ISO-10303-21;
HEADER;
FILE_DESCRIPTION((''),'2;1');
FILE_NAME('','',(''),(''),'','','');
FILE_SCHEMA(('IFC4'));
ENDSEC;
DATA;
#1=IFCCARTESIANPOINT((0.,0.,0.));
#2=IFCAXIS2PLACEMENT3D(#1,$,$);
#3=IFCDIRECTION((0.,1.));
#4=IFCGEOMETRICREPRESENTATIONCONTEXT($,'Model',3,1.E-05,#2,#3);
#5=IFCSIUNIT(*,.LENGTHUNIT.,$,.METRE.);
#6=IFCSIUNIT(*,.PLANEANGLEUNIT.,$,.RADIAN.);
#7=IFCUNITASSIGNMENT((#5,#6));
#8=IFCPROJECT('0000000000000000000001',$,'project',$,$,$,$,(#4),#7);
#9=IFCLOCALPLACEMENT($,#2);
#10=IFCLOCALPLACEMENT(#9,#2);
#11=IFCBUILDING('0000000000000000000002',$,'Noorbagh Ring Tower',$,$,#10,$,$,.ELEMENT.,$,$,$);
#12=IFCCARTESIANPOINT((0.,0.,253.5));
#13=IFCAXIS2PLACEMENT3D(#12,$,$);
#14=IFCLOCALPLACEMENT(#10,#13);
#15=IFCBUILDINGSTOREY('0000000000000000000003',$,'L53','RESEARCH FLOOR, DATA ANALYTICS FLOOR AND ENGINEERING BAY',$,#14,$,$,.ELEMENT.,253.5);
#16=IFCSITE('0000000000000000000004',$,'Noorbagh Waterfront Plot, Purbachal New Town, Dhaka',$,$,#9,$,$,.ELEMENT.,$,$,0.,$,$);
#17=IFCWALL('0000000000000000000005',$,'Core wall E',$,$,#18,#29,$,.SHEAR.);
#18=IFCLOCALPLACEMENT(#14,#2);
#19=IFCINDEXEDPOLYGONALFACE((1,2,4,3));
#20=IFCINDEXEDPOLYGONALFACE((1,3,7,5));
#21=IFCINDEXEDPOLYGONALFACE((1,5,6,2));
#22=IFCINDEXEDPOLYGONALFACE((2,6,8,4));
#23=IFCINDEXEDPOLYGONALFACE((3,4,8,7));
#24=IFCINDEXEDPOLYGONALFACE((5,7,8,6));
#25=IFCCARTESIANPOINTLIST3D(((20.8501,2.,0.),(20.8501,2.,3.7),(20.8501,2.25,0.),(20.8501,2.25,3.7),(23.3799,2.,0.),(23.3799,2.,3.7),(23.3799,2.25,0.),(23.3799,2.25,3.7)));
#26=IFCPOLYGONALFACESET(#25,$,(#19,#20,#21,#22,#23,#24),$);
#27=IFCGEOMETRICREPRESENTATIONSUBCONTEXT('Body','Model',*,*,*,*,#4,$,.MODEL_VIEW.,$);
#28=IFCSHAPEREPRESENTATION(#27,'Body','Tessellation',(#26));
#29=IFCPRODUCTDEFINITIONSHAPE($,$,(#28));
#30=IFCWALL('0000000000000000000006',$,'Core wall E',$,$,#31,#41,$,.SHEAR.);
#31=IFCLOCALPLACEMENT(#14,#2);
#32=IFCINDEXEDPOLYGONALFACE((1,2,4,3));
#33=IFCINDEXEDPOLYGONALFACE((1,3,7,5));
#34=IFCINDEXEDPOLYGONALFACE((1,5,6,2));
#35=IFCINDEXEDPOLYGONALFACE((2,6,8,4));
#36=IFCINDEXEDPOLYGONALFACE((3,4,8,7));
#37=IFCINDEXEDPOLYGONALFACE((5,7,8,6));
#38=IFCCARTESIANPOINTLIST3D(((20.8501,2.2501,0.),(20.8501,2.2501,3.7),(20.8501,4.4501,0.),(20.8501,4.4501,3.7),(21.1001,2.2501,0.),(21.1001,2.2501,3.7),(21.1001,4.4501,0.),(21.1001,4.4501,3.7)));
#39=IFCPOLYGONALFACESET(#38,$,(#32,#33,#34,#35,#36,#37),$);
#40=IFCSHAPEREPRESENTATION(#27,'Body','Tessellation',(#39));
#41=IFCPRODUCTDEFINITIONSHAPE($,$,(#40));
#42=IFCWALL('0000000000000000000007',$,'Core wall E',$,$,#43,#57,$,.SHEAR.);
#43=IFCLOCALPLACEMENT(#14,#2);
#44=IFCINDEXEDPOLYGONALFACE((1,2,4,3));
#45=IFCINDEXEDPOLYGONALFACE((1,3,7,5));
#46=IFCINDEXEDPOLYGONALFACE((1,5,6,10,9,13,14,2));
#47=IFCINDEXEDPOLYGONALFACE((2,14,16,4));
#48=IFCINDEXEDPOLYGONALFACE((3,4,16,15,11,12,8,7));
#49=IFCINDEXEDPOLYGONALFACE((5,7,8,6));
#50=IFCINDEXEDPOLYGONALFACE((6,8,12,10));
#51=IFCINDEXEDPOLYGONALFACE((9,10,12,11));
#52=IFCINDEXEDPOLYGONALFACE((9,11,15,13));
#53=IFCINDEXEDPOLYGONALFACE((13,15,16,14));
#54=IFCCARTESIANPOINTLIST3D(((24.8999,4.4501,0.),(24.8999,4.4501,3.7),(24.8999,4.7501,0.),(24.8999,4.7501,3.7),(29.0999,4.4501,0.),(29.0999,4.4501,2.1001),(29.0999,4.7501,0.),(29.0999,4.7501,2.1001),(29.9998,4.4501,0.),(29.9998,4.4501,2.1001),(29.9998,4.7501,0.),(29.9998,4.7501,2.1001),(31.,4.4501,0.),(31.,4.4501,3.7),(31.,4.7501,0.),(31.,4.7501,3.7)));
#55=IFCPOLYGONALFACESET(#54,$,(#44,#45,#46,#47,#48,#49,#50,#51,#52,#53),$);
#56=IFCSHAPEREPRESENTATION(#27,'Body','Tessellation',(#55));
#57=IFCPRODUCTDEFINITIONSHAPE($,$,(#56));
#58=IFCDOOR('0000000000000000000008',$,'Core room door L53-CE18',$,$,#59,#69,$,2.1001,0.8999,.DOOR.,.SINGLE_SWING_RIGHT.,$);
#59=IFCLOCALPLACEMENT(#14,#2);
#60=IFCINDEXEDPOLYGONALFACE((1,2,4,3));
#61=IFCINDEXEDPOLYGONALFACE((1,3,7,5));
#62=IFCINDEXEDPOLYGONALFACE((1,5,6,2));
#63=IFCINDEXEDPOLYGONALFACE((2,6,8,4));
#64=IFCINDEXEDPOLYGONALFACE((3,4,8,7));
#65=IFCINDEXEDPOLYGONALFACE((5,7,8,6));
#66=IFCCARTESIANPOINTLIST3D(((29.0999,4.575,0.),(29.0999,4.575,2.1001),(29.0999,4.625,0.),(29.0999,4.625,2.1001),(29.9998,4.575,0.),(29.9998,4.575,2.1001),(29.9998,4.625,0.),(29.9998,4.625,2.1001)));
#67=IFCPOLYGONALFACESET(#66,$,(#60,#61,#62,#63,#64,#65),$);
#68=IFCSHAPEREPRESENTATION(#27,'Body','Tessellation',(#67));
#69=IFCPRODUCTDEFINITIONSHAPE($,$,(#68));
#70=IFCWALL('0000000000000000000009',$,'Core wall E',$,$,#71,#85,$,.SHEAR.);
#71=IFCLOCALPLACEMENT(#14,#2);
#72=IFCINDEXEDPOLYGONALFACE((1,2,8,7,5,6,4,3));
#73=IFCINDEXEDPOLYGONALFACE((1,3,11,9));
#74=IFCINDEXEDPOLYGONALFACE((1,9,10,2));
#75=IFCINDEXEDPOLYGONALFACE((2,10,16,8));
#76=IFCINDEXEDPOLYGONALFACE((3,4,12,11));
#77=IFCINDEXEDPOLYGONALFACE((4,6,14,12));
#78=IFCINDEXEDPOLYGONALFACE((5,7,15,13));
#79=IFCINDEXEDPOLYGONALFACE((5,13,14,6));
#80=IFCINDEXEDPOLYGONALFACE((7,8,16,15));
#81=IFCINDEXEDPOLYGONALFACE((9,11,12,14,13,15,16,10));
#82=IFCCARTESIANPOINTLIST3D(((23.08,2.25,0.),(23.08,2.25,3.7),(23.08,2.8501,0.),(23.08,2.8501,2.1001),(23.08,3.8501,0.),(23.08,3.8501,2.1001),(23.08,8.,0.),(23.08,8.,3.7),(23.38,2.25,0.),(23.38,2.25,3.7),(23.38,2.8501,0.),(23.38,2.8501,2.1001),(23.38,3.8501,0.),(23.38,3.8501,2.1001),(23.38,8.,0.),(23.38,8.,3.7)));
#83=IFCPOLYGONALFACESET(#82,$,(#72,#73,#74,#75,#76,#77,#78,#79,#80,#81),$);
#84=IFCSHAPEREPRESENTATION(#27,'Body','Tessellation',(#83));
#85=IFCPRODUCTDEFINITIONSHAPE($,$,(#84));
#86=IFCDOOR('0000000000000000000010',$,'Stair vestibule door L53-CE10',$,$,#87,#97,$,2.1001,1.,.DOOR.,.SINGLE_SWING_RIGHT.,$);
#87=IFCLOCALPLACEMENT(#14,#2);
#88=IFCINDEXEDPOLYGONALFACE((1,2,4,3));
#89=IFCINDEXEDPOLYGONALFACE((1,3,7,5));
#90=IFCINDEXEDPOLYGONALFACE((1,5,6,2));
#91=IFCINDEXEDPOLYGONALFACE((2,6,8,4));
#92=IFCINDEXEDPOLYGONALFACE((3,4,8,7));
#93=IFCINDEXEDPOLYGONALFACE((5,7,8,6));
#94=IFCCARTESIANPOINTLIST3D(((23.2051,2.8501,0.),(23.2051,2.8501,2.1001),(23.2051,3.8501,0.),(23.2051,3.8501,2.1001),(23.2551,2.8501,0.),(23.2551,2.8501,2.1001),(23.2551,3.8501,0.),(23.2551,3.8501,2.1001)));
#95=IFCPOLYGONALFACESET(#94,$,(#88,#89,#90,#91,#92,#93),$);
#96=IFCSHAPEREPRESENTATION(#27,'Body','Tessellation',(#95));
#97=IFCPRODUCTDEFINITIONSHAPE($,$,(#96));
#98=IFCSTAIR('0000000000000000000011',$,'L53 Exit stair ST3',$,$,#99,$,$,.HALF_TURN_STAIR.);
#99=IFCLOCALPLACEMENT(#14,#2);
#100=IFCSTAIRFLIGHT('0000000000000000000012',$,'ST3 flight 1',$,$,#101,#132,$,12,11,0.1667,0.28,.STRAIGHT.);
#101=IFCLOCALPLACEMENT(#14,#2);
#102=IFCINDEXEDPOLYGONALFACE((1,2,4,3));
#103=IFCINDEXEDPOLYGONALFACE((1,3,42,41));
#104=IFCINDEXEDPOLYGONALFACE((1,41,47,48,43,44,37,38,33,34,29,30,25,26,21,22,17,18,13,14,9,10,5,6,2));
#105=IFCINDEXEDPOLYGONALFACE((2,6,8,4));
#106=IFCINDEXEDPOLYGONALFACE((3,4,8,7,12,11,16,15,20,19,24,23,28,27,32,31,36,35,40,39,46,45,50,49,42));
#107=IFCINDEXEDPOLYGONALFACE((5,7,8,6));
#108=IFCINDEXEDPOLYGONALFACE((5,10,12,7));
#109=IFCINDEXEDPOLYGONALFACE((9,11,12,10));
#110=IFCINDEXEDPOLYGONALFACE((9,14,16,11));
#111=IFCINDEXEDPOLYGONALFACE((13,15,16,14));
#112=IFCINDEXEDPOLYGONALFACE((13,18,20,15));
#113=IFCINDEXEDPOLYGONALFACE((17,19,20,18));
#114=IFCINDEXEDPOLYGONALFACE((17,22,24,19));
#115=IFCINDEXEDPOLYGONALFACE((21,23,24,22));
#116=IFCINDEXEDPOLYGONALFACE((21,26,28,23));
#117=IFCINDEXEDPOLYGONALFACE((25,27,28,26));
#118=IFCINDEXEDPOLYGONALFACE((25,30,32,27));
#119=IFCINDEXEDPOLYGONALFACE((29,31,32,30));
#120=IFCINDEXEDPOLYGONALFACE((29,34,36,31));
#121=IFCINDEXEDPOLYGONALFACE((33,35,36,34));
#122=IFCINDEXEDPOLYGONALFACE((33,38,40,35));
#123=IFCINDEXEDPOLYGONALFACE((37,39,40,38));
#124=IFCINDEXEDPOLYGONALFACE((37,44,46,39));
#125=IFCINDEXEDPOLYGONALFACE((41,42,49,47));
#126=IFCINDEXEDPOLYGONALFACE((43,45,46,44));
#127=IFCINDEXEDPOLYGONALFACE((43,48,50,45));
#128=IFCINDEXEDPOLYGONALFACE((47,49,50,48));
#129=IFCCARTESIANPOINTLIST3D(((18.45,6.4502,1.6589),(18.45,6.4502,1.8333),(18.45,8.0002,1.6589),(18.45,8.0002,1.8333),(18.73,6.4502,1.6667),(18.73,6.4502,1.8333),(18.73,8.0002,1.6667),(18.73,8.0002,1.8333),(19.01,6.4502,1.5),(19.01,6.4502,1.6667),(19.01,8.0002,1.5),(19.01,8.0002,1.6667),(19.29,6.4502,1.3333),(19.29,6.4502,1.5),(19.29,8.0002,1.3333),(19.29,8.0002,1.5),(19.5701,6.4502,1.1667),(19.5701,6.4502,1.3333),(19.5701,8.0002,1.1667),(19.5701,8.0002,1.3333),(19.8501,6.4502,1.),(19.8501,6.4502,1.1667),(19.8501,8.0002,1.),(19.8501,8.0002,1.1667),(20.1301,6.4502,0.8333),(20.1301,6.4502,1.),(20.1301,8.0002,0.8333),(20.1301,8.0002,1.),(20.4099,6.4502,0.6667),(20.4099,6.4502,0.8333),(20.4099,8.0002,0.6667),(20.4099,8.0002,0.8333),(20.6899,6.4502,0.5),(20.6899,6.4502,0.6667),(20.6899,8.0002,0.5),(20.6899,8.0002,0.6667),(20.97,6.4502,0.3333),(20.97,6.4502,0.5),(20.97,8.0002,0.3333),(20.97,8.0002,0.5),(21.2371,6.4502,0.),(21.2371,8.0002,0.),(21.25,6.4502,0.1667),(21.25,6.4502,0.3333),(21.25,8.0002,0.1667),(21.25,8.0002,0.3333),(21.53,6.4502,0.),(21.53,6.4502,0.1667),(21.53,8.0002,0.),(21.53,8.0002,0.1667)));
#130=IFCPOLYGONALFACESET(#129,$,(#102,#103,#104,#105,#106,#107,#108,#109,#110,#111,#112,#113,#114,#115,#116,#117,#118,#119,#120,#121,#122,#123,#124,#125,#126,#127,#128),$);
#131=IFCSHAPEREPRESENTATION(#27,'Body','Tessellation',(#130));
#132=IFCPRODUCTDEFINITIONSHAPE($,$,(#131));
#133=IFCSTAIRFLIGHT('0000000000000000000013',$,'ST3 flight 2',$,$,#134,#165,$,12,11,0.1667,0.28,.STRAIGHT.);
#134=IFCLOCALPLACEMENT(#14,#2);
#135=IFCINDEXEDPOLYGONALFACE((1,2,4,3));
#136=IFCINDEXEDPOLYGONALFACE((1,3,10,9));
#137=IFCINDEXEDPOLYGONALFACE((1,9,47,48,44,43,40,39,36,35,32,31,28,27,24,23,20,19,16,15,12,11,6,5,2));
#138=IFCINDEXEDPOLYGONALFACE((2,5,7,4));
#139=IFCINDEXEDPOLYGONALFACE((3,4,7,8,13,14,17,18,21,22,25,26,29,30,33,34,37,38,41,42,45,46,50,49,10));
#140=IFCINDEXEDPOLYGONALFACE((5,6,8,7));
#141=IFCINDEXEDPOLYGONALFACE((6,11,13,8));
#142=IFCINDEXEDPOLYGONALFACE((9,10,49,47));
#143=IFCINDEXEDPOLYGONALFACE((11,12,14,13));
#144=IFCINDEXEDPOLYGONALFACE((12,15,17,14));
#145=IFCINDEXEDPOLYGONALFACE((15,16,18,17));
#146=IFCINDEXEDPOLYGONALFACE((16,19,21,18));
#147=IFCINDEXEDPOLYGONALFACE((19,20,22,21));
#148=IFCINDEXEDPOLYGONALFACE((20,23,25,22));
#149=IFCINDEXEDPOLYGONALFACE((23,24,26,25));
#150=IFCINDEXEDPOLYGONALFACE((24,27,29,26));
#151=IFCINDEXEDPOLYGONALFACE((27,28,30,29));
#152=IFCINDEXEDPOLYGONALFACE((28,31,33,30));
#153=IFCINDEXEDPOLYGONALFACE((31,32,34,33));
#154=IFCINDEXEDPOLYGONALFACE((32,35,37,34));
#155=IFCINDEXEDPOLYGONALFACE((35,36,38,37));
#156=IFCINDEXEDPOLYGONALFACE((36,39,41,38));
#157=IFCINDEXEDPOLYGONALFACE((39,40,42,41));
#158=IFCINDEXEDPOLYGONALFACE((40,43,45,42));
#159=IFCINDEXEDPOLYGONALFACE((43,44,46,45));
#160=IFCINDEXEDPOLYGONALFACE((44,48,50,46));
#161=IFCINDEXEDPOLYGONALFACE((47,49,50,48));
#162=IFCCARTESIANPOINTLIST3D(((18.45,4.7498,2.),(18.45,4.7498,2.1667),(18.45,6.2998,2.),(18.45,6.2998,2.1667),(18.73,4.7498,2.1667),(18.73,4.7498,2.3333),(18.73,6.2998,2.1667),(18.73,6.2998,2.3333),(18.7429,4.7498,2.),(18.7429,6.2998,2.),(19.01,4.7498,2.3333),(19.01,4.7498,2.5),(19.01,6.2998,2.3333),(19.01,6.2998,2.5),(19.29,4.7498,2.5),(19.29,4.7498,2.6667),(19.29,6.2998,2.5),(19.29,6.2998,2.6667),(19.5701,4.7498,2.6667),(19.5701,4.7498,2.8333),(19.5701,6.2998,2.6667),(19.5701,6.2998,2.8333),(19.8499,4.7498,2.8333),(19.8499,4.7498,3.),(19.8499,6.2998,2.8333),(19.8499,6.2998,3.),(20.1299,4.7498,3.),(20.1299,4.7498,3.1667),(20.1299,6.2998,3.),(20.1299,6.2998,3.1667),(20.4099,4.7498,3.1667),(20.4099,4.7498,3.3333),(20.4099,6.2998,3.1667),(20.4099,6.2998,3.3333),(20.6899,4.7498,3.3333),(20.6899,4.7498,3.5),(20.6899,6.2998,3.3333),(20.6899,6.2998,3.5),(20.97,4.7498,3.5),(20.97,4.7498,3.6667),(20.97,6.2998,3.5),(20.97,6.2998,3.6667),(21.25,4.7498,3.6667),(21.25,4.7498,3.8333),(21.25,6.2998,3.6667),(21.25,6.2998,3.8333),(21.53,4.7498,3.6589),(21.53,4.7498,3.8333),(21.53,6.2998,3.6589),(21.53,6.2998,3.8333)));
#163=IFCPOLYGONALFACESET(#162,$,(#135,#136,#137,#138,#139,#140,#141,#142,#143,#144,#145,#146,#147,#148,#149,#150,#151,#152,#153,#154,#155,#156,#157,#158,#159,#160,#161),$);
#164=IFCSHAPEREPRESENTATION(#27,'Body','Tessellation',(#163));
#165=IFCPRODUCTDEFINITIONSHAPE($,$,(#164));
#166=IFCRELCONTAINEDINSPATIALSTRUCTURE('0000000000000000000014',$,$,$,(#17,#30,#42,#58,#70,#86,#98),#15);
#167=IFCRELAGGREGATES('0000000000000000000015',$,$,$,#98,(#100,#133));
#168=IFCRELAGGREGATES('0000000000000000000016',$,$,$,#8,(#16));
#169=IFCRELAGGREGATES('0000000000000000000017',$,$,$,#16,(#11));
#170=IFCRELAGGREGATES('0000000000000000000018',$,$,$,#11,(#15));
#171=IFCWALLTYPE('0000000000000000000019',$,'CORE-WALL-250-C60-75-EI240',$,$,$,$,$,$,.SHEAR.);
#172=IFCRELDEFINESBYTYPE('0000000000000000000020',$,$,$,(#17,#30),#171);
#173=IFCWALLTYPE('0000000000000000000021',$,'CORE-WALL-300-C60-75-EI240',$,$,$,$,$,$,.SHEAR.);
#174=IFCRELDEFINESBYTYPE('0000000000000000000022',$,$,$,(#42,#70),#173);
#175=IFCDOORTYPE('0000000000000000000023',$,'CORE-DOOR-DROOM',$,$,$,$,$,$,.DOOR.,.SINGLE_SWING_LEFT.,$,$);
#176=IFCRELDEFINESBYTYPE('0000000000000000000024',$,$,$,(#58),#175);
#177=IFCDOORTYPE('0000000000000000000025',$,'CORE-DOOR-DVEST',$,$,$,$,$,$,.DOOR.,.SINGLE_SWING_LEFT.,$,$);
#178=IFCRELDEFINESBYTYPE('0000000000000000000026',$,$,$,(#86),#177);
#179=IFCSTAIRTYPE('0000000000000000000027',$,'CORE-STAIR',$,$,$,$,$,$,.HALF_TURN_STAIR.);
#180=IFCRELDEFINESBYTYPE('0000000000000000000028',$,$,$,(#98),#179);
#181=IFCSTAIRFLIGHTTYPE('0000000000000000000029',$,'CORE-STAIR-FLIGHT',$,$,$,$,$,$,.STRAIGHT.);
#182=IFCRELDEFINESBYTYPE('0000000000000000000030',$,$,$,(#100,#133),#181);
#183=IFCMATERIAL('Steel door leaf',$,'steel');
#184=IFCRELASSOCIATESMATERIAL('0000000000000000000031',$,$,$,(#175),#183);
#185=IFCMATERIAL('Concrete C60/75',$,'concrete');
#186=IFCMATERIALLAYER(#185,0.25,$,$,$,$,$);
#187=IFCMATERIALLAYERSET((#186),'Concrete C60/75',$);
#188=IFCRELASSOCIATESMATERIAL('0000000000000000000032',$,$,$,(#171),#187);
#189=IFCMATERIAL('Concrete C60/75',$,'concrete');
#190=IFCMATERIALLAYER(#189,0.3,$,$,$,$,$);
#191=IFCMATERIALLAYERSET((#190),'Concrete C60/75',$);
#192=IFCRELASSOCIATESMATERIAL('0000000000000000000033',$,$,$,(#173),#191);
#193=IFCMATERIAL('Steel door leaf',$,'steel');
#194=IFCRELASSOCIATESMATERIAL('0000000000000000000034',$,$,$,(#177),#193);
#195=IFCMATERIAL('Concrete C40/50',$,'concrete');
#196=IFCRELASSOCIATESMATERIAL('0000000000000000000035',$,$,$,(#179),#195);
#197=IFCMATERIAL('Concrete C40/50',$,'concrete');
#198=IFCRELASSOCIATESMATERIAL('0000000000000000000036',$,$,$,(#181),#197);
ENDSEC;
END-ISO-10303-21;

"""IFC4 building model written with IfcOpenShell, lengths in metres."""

from ifc_helpers import new_model, si_unit, direction, frame, frame_2d, origin, place, context, subcontext, project, spatial, polyline, rectangle, outline, extrude, material, layer, layer_set, type_object, element, fill, aggregate, save


model = new_model("IFC4")

# Units and contexts
model_context = context("Model", 3, precision=1e-05, world=origin(), true_north=direction((0.0, 1.0)))
body_context = subcontext(model_context, "Body", "Model", "MODEL_VIEW")
ifc_project = project(units=[si_unit("LENGTHUNIT", "METRE"), si_unit("PLANEANGLEUNIT", "RADIAN")], contexts=[model_context])

# Site, building, storey
site_placement = place(None, origin())
site = spatial("IfcSite", under=ifc_project, at=site_placement, Name="Noorbagh Waterfront Plot, Purbachal New Town, Dhaka", CompositionType="ELEMENT", RefElevation=0.0)
building_placement = place(site_placement, origin())
building = spatial("IfcBuilding", under=site, at=building_placement, Name="Noorbagh Ring Tower", CompositionType="ELEMENT")
storey_placement = place(building_placement, frame((0.0, 0.0, 253.5)))
storey = spatial("IfcBuildingStorey", under=building, at=storey_placement, Name="L53", Description="RESEARCH FLOOR, DATA ANALYTICS FLOOR AND ENGINEERING BAY", CompositionType="ELEMENT", Elevation=253.5)

# Shared definitions
ifc_material_1 = material(Name="Steel door leaf", Category="steel")
door_type_1 = type_object("IfcDoorType", Name="CORE-DOOR-DROOM", OperationType="SINGLE_SWING_LEFT", PredefinedType="DOOR", material=ifc_material_1)

# Walls
ifc_material_2 = material(Name="Concrete C60/75", Category="concrete")
ifc_layer_1 = layer(ifc_material_2, 0.25)
ifc_layer_set_1 = layer_set([ifc_layer_1], Name="Concrete C60/75")
wall_type_1 = type_object("IfcWallType", Name="CORE-WALL-250-C60-75-EI240", PredefinedType="SHEAR", material=ifc_layer_set_1)
wall_1_placement = place(storey_placement, frame((20.8501, 2.125, 0.0), z_axis=(0.0, 0.0, 1.0), x_axis=(1.0, 0.0, 0.0)))
element("IfcWall", 1, at=wall_1_placement, inside=storey, type_object=wall_type_1, Name="Core wall E", PredefinedType="SHEAR", context=body_context, shape_type="SweptSolid", body=[
    extrude(rectangle(XDim=2.5298, YDim=0.25, at=frame_2d((1.2649, 0.0))), origin(), (0.0, 0.0, 1.0), 3.7),
])
wall_2_placement = place(storey_placement, frame((20.9751, 2.25, 0.0), z_axis=(0.0, 0.0, 1.0), x_axis=(0.0, 1.0, 0.0)))
element("IfcWall", 2, at=wall_2_placement, inside=storey, type_object=wall_type_1, Name="Core wall E", PredefinedType="SHEAR", context=body_context, shape_type="SweptSolid", body=[
    extrude(rectangle(XDim=2.2, YDim=0.25, at=frame_2d((1.1001, 0.0))), origin(), (0.0, 0.0, 1.0), 3.7),
])

# Walls, openings, doors
ifc_material_3 = material(Name="Concrete C60/75", Category="concrete")
ifc_layer_2 = layer(ifc_material_3, 0.3)
ifc_layer_set_2 = layer_set([ifc_layer_2], Name="Concrete C60/75")
wall_type_2 = type_object("IfcWallType", Name="CORE-WALL-300-C60-75-EI240", PredefinedType="SHEAR", material=ifc_layer_set_2)
wall_3_placement = place(storey_placement, frame((24.8999, 4.6001, 0.0), z_axis=(0.0, 0.0, 1.0), x_axis=(1.0, 0.0, 0.0)))
wall_3 = element("IfcWall", 3, at=wall_3_placement, inside=storey, type_object=wall_type_2, Name="Core wall E", PredefinedType="SHEAR", context=body_context, shape_type="SweptSolid", body=[
    extrude(rectangle(XDim=6.1001, YDim=0.3, at=frame_2d((3.05, 0.0))), origin(), (0.0, 0.0, 1.0), 3.7),
])
opening_1_placement = place(wall_3_placement, frame((4.2, 0.0, 0.0)))
opening_1 = element("IfcOpeningElement", 4, at=opening_1_placement, cuts=wall_3, PredefinedType="OPENING", context=body_context, shape_type="SweptSolid", body=[
    extrude(rectangle(XDim=0.8999, YDim=2.1001, at=frame_2d((0.45, 1.05))), frame((0.0, 0.1602, 0.0), z_axis=(0.0, -1.0, 0.0), x_axis=(1.0, 0.0, 0.0)), (0.0, 0.0, 1.0), 0.3201),
])
door_1_placement = place(opening_1_placement, origin())
door_1 = element("IfcDoor", 5, at=door_1_placement, inside=storey, type_object=door_type_1, Name="Core room door L53-CE18", OperationType="SINGLE_SWING_RIGHT", OverallHeight=2.1001, OverallWidth=0.8999, PredefinedType="DOOR", context=body_context, shape_type="SweptSolid", body=[
    extrude(rectangle(XDim=0.8999, YDim=2.1001, at=frame_2d((0.45, 1.05))), frame((0.0, 0.0249, 0.0), z_axis=(0.0, -1.0, 0.0), x_axis=(1.0, 0.0, 0.0)), (0.0, 0.0, 1.0), 0.05),
])
fill(opening_1, door_1)
wall_4_placement = place(storey_placement, frame((23.23, 2.25, 0.0), z_axis=(0.0, 0.0, 1.0), x_axis=(0.0, 1.0, 0.0)))
wall_4 = element("IfcWall", 6, at=wall_4_placement, inside=storey, type_object=wall_type_2, Name="Core wall E", PredefinedType="SHEAR", context=body_context, shape_type="SweptSolid", body=[
    extrude(rectangle(XDim=5.75, YDim=0.3, at=frame_2d((2.875, 0.0))), origin(), (0.0, 0.0, 1.0), 3.7),
])
opening_2_placement = place(wall_4_placement, frame((0.6001, 0.0, 0.0)))
opening_2 = element("IfcOpeningElement", 7, at=opening_2_placement, cuts=wall_4, PredefinedType="OPENING", context=body_context, shape_type="SweptSolid", body=[
    extrude(rectangle(XDim=1.0, YDim=2.1001, at=frame_2d((0.5, 1.05))), frame((0.0, 0.1602, 0.0), z_axis=(0.0, -1.0, 0.0), x_axis=(1.0, 0.0, 0.0)), (0.0, 0.0, 1.0), 0.3201),
])
ifc_material_4 = material(Name="Steel door leaf", Category="steel")
door_type_2 = type_object("IfcDoorType", Name="CORE-DOOR-DVEST", OperationType="SINGLE_SWING_LEFT", PredefinedType="DOOR", material=ifc_material_4)
door_2_placement = place(opening_2_placement, origin())
door_2 = element("IfcDoor", 8, at=door_2_placement, inside=storey, type_object=door_type_2, Name="Stair vestibule door L53-CE10", OperationType="SINGLE_SWING_RIGHT", OverallHeight=2.1001, OverallWidth=1.0, PredefinedType="DOOR", context=body_context, shape_type="SweptSolid", body=[
    extrude(rectangle(XDim=1.0, YDim=2.1001, at=frame_2d((0.5, 1.05))), frame((0.0, 0.0249, 0.0), z_axis=(0.0, -1.0, 0.0), x_axis=(1.0, 0.0, 0.0)), (0.0, 0.0, 1.0), 0.05),
])
fill(opening_2, door_2)

# Stair, stair flights
ifc_material_5 = material(Name="Concrete C40/50", Category="concrete")
stair_type = type_object("IfcStairType", Name="CORE-STAIR", PredefinedType="HALF_TURN_STAIR", material=ifc_material_5)
stair_placement = place(storey_placement, origin())
stair = element("IfcStair", 9, at=stair_placement, inside=storey, type_object=stair_type, Name="L53 Exit stair ST3", PredefinedType="HALF_TURN_STAIR")
ifc_material_6 = material(Name="Concrete C40/50", Category="concrete")
stair_flight_type = type_object("IfcStairFlightType", Name="CORE-STAIR-FLIGHT", PredefinedType="STRAIGHT", material=ifc_material_6)
stair_flight_1_placement = place(storey_placement, frame((21.53, 7.2251, 0.0), z_axis=(0.0, 0.0, 1.0), x_axis=(-1.0, 0.0, 0.0)))
stair_flight_1 = element("IfcStairFlight", 10, at=stair_flight_1_placement, type_object=stair_flight_type, Name="ST3 flight 1", NumberOfRisers=12, NumberOfTreads=11, PredefinedType="STRAIGHT", RiserHeight=0.1667, TreadLength=0.28, context=body_context, shape_type="SweptSolid", body=[
    extrude(outline(polyline([(0.0, 0.0), (0.0, 0.1667), (0.28, 0.1667), (0.28, 0.3333), (0.5601, 0.3333), (0.5601, 0.5), (0.8401, 0.5), (0.8401, 0.6667), (1.1201, 0.6667), (1.1201, 0.8333), (1.3999, 0.8333), (1.3999, 1.0), (1.6799, 1.0), (1.6799, 1.1667), (1.96, 1.1667), (1.96, 1.3333), (2.24, 1.3333), (2.24, 1.5), (2.52, 1.5), (2.52, 1.6667), (2.8, 1.6667), (2.8, 1.8333), (3.0801, 1.8333), (3.0801, 2.0), (3.0801, 1.6589), (0.293, 0.0), (0.0, 0.0)])), frame((0.0, 0.7749, 0.0), z_axis=(0.0, -1.0, 0.0), x_axis=(1.0, 0.0, 0.0)), (0.0, 0.0, 1.0), 1.55),
])
stair_flight_2_placement = place(storey_placement, frame((18.45, 5.5249, 2.0), z_axis=(0.0, 0.0, 1.0), x_axis=(1.0, 0.0, 0.0)))
stair_flight_2 = element("IfcStairFlight", 11, at=stair_flight_2_placement, type_object=stair_flight_type, Name="ST3 flight 2", NumberOfRisers=12, NumberOfTreads=11, PredefinedType="STRAIGHT", RiserHeight=0.1667, TreadLength=0.28, context=body_context, shape_type="SweptSolid", body=[
    extrude(outline(polyline([(0.0, 0.0), (0.0, 0.1667), (0.28, 0.1667), (0.28, 0.3333), (0.5601, 0.3333), (0.5601, 0.5), (0.8401, 0.5), (0.8401, 0.6667), (1.1201, 0.6667), (1.1201, 0.8333), (1.3999, 0.8333), (1.3999, 1.0), (1.6799, 1.0), (1.6799, 1.1667), (1.96, 1.1667), (1.96, 1.3333), (2.24, 1.3333), (2.24, 1.5), (2.52, 1.5), (2.52, 1.6667), (2.8, 1.6667), (2.8, 1.8333), (3.0801, 1.8333), (3.0801, 2.0), (3.0801, 1.6589), (0.293, 0.0), (0.0, 0.0)])), frame((0.0, 0.7749, 0.0), z_axis=(0.0, -1.0, 0.0), x_axis=(1.0, 0.0, 0.0)), (0.0, 0.0, 1.0), 1.55),
])
aggregate(stair, [stair_flight_1, stair_flight_2])

save(model, "model.ifc")
